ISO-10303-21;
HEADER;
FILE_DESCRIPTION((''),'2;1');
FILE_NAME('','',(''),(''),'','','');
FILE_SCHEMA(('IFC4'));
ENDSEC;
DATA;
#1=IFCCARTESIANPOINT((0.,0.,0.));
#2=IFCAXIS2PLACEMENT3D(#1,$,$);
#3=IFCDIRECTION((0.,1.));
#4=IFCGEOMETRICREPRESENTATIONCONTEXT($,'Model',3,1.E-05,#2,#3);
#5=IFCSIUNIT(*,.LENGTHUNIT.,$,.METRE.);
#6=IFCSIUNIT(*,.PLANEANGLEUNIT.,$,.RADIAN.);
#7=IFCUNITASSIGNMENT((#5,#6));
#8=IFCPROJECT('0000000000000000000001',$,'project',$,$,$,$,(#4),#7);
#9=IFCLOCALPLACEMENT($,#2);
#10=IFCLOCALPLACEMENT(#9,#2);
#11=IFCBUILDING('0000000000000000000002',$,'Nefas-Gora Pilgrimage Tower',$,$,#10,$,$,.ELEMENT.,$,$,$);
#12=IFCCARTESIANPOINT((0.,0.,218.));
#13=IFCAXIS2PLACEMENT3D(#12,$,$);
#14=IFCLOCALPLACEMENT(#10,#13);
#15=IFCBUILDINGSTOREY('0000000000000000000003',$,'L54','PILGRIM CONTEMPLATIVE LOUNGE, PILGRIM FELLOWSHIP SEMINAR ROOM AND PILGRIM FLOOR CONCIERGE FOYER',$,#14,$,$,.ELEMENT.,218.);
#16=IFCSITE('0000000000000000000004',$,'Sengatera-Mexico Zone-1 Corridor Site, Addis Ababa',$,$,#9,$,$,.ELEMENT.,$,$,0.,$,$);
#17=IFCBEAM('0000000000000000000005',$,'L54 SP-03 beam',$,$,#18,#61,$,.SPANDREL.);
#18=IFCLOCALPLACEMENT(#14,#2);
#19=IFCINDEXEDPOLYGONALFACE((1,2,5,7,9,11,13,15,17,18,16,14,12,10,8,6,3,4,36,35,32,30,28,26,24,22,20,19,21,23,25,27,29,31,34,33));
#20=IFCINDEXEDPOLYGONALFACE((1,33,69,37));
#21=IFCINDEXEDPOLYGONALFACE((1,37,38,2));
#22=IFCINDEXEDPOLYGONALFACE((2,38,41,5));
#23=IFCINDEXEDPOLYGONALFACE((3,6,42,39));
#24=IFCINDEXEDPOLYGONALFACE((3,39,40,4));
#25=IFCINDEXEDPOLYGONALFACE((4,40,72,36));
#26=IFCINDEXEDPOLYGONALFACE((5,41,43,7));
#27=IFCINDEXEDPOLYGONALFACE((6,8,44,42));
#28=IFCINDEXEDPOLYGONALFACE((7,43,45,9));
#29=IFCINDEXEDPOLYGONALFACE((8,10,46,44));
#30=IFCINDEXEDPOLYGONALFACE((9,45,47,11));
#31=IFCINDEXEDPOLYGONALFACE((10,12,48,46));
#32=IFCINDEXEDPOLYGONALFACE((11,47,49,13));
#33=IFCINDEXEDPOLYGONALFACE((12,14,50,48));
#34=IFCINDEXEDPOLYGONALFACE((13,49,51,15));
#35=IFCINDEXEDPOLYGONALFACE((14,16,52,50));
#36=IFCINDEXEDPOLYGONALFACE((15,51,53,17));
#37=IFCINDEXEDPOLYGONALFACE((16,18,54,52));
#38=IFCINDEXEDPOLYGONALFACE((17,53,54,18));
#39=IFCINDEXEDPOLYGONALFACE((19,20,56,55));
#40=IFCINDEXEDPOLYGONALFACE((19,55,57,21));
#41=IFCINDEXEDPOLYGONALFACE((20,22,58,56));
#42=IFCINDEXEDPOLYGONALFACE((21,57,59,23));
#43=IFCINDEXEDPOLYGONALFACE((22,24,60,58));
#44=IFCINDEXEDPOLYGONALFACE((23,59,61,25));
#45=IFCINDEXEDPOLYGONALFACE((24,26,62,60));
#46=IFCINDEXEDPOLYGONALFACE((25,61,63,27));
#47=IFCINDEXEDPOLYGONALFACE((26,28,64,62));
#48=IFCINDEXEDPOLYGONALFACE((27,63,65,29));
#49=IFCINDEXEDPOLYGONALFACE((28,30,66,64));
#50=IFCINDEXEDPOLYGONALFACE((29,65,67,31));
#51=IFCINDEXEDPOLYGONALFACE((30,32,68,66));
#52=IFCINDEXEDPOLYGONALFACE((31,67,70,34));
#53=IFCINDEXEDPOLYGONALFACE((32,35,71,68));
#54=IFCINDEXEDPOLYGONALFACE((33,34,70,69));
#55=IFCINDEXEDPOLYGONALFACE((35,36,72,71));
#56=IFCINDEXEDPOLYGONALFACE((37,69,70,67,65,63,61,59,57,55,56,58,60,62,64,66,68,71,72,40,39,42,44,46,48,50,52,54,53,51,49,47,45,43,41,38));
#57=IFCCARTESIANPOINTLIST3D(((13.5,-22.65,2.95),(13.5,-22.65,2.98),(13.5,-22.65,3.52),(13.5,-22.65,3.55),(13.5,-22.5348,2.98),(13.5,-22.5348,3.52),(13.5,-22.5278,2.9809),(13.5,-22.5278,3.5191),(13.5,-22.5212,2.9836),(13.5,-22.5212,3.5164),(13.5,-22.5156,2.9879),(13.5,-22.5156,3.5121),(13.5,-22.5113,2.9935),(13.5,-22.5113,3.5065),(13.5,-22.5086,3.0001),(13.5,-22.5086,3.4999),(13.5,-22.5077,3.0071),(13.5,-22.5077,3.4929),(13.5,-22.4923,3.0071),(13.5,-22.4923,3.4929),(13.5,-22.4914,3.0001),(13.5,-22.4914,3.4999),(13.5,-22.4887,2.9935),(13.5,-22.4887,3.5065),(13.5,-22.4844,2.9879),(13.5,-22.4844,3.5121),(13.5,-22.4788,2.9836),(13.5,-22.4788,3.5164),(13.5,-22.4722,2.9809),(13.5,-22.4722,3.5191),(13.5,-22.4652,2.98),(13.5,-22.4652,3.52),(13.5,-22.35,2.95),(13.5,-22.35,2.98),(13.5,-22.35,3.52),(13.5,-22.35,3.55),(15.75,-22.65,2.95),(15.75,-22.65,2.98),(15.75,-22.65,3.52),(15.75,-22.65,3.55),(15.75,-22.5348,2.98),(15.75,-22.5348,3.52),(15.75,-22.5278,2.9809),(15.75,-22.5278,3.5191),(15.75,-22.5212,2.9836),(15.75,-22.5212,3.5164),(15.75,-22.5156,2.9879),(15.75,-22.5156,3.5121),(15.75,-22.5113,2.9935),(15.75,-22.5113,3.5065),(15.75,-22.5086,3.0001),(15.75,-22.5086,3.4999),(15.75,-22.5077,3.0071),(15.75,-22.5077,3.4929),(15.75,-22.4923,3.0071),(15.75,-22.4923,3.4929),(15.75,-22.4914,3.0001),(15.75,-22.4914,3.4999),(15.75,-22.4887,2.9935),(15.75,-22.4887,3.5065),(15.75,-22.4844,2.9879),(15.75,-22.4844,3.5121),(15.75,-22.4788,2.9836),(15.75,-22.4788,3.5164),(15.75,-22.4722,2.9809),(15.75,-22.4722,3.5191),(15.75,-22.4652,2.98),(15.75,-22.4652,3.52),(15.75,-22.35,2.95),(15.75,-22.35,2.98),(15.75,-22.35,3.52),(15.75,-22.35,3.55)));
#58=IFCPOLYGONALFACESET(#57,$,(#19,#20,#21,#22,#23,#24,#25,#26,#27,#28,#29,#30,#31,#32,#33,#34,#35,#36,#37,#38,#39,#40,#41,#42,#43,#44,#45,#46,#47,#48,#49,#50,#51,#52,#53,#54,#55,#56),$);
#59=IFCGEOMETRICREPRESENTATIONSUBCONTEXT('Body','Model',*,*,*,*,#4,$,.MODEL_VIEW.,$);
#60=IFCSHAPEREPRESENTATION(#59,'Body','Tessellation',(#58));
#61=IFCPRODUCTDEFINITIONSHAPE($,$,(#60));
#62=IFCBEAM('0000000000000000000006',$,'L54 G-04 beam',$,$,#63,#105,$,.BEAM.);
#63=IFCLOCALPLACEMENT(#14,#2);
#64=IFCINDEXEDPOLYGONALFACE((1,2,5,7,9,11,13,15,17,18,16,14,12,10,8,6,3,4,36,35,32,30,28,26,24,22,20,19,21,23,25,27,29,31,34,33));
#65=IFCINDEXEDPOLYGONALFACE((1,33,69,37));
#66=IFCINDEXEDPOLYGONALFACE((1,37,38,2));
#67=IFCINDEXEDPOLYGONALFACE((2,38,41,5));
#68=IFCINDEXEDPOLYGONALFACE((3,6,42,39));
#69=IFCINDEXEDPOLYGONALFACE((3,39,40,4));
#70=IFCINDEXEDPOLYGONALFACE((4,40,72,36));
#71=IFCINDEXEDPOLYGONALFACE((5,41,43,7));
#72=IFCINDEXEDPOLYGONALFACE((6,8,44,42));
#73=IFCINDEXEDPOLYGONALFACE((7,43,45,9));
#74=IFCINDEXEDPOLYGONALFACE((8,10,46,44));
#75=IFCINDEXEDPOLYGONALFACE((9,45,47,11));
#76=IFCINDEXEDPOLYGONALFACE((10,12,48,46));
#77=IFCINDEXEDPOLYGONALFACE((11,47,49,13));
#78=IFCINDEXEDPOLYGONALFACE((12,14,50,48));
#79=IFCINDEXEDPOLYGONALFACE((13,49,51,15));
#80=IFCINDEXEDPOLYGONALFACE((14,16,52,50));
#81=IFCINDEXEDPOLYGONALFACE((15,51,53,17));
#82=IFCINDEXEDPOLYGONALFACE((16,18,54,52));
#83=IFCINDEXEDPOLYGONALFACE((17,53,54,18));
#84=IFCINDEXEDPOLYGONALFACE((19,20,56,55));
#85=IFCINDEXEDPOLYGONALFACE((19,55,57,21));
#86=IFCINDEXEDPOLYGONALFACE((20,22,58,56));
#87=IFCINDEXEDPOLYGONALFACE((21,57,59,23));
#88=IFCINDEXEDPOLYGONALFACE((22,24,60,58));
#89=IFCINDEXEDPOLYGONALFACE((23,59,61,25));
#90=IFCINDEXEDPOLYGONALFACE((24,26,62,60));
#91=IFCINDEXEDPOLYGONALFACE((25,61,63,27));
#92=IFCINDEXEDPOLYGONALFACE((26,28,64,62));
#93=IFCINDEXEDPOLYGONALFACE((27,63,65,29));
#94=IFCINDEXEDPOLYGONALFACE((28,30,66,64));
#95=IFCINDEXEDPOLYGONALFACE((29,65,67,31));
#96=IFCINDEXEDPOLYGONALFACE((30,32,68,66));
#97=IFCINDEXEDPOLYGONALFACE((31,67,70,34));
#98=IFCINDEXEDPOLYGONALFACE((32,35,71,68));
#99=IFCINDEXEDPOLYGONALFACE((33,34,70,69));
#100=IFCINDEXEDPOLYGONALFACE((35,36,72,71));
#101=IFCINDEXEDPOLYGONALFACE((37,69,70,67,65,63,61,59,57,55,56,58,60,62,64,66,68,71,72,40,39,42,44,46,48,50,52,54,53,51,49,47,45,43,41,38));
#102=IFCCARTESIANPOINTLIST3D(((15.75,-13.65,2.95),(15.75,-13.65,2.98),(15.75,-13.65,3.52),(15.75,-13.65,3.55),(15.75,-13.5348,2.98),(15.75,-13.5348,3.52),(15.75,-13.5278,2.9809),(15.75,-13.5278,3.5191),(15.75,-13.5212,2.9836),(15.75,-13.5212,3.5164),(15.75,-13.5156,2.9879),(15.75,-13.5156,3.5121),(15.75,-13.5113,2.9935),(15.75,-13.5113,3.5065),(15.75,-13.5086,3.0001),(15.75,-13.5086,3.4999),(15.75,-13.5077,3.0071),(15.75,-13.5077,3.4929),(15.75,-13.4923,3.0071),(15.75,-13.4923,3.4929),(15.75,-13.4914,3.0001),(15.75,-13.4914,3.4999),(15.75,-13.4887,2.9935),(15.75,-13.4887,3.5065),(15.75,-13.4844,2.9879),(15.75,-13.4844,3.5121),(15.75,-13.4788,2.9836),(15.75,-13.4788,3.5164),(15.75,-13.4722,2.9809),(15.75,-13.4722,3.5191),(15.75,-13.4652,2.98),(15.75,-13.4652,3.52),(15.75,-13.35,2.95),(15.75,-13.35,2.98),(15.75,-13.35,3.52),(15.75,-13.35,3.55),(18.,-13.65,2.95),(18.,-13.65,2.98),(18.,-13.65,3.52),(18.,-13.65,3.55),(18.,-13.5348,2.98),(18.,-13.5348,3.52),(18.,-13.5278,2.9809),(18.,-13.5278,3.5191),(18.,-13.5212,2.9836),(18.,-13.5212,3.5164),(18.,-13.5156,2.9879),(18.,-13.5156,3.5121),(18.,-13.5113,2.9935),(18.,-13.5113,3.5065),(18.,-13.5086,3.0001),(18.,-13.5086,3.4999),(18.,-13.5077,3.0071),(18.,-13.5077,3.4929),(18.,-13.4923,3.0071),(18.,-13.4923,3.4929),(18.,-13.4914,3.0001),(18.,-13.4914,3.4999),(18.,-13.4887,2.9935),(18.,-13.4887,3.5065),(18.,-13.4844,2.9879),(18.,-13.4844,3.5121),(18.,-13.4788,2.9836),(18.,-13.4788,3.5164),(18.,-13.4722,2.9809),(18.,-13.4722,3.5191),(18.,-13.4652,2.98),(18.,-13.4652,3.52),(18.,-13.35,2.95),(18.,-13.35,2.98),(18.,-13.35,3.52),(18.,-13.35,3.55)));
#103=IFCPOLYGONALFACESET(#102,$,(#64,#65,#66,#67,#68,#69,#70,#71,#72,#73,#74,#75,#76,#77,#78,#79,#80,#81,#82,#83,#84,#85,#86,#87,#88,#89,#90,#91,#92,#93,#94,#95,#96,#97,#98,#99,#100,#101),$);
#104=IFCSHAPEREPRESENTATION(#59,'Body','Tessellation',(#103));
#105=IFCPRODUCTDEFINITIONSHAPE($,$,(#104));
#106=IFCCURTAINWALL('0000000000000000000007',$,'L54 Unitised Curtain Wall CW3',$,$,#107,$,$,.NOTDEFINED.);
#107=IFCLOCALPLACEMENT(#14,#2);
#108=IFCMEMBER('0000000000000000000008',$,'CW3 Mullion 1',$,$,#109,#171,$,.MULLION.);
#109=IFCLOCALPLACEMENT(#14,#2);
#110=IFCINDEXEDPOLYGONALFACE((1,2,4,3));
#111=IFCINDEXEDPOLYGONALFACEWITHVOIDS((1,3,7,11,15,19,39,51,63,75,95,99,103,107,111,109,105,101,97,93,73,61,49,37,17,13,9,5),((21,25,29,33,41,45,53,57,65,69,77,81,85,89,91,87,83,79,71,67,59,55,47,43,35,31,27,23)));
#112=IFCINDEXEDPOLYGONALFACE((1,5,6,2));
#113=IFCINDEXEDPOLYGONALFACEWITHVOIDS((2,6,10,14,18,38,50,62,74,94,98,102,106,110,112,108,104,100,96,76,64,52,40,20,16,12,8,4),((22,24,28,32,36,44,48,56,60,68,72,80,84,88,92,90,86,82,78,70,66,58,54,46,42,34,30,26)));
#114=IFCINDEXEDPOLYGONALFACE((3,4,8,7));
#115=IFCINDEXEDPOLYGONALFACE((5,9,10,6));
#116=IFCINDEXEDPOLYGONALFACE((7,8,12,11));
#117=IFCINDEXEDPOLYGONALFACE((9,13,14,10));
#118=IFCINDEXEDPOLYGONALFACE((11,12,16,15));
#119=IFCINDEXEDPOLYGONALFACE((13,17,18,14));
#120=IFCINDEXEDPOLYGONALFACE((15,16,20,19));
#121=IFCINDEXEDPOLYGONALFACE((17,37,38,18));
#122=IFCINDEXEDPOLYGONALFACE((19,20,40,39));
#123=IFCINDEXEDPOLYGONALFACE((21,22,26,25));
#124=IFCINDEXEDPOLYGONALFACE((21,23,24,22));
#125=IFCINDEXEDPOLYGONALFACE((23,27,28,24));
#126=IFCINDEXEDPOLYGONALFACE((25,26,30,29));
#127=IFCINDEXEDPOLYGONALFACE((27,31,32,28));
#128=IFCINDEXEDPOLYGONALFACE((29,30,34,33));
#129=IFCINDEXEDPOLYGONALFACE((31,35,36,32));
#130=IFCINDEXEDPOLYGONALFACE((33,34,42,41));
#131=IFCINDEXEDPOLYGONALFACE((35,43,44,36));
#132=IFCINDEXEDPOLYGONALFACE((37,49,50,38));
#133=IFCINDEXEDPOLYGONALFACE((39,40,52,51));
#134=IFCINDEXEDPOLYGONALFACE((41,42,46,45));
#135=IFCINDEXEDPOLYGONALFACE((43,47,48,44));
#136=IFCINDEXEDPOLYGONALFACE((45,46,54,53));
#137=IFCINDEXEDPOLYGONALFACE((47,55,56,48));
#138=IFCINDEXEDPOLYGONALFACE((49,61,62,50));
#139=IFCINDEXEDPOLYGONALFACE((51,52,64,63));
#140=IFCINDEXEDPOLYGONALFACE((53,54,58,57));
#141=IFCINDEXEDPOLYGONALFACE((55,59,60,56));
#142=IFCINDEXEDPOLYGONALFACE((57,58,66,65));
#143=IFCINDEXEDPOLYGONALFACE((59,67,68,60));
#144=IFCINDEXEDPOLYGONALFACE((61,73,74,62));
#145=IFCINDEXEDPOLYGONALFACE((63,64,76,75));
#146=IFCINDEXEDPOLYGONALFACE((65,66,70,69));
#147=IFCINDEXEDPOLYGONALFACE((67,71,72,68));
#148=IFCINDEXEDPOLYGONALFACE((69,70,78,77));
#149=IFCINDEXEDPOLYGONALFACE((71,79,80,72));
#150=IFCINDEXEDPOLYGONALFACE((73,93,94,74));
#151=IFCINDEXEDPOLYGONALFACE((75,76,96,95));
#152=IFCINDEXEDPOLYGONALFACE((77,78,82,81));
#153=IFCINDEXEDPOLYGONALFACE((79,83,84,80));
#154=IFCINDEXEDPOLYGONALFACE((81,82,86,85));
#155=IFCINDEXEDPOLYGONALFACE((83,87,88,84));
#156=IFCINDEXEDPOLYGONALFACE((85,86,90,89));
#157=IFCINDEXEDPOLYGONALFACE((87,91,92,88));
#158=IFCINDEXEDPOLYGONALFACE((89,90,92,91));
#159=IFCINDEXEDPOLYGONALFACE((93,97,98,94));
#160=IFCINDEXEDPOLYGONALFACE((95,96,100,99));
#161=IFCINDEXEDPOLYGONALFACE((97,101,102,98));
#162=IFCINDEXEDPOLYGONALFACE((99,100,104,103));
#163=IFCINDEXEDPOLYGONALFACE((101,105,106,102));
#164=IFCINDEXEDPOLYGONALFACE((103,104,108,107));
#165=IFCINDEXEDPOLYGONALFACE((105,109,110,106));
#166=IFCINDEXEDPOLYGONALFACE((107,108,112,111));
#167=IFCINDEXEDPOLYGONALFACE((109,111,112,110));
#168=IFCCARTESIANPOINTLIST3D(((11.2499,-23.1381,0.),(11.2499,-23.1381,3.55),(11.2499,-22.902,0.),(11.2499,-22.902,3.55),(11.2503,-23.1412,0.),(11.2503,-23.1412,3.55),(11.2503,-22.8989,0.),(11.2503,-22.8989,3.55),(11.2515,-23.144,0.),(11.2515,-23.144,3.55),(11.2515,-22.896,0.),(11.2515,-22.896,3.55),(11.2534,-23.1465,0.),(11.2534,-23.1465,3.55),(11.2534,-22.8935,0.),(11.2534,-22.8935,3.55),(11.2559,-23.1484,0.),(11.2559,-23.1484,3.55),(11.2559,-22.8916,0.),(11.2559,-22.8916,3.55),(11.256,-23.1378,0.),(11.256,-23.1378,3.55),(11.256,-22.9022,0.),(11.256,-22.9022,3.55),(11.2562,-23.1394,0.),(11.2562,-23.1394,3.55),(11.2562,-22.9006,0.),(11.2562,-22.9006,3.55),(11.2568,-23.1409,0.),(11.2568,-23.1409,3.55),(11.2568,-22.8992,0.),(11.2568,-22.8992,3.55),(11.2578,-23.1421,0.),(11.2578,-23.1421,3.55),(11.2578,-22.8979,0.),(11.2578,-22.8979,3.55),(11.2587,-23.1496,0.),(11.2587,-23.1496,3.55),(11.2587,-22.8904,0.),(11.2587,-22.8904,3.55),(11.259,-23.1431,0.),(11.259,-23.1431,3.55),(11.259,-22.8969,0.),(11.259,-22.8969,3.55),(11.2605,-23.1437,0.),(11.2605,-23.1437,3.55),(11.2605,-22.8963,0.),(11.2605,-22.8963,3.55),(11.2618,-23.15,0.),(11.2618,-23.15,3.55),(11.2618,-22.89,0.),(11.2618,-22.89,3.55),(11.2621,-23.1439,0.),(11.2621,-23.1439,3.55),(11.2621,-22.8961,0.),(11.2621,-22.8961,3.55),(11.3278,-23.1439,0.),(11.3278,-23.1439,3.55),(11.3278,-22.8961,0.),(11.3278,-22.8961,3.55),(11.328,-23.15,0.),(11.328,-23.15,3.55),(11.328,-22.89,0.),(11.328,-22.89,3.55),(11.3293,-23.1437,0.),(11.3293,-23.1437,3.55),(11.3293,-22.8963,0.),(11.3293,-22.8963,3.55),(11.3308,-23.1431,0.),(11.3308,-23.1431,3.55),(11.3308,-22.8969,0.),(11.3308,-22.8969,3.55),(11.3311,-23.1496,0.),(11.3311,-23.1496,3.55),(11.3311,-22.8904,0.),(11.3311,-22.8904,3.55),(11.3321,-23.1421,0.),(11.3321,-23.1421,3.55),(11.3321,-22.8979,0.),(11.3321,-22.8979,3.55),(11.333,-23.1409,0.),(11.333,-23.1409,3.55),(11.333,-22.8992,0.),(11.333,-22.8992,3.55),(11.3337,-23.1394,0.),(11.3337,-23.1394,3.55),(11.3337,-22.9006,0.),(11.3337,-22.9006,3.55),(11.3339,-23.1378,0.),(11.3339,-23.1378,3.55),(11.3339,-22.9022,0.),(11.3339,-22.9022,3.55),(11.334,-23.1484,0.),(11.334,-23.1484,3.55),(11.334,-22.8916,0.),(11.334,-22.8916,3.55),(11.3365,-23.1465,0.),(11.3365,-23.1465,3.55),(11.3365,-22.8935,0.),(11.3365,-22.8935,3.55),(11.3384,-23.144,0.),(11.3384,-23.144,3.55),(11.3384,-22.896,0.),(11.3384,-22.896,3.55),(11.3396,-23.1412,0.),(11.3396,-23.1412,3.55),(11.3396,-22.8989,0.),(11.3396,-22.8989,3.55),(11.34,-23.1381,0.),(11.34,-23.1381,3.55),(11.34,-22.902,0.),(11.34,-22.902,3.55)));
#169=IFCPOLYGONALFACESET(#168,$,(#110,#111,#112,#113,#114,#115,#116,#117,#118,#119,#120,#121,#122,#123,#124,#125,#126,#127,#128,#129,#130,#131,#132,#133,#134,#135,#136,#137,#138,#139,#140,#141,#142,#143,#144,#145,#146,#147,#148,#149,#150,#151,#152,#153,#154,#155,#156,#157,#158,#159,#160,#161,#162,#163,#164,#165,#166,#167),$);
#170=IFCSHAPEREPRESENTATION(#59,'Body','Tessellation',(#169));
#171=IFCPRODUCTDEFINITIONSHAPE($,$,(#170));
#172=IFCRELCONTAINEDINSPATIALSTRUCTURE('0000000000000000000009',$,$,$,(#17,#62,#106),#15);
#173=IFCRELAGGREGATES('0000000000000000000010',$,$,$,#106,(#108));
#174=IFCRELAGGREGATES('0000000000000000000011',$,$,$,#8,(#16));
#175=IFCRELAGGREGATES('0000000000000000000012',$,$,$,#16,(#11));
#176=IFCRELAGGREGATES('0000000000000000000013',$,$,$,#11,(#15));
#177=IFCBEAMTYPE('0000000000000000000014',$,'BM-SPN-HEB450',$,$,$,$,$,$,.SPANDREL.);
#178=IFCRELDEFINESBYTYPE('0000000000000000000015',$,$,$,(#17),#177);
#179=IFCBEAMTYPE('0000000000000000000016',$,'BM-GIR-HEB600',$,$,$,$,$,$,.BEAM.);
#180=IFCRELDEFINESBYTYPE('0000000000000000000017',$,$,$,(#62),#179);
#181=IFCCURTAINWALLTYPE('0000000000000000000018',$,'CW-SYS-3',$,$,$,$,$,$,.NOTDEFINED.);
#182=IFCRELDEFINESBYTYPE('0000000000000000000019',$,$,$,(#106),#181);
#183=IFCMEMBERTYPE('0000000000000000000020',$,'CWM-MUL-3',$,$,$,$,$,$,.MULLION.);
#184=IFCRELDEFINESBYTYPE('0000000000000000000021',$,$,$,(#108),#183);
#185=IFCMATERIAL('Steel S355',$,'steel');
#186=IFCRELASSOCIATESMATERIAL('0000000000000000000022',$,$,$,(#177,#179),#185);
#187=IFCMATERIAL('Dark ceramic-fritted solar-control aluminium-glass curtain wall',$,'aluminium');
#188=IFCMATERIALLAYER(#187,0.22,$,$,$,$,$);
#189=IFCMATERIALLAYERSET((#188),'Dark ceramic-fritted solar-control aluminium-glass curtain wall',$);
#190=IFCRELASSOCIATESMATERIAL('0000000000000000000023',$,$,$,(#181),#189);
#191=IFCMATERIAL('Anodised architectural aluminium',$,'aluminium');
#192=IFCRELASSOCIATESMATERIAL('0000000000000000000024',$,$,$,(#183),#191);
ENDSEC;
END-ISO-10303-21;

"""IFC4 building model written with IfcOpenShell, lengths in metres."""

from ifc_helpers import new_model, si_unit, direction, frame, origin, origin_2d, place, context, subcontext, project, spatial, hollow_rectangle, i_section, extrude, source, transform, mapped, material, layer, layer_set, material_profile, profile_set, type_object, element, aggregate, save


model = new_model("IFC4")

# Units and contexts
model_context = context("Model", 3, precision=1e-05, world=origin(), true_north=direction((0.0, 1.0)))
body_context = subcontext(model_context, "Body", "Model", "MODEL_VIEW")
ifc_project = project(units=[si_unit("LENGTHUNIT", "METRE"), si_unit("PLANEANGLEUNIT", "RADIAN")], contexts=[model_context])

# Site, building, storey
site_placement = place(None, origin())
site = spatial("IfcSite", under=ifc_project, at=site_placement, Name="Sengatera-Mexico Zone-1 Corridor Site, Addis Ababa", CompositionType="ELEMENT", RefElevation=0.0)
building_placement = place(site_placement, origin())
building = spatial("IfcBuilding", under=site, at=building_placement, Name="Nefas-Gora Pilgrimage Tower", CompositionType="ELEMENT")
storey_placement = place(building_placement, frame((0.0, 0.0, 218.0)))
storey = spatial("IfcBuildingStorey", under=building, at=storey_placement, Name="L54", Description="PILGRIM CONTEMPLATIVE LOUNGE, PILGRIM FELLOWSHIP SEMINAR ROOM AND PILGRIM FLOOR CONCIERGE FOYER", CompositionType="ELEMENT", Elevation=218.0)

# Beams
ifc_material_1 = material(Name="Steel S355", Category="steel")
ifc_material_profile_1 = material_profile(ifc_material_1, i_section(OverallWidth=0.3, OverallDepth=0.6001, WebThickness=0.0154, FlangeThickness=0.03, FilletRadius=0.0271, at=origin_2d()), Name="HEB 600")
ifc_profile_set_1 = profile_set([ifc_material_profile_1], Name="Steel S355")
beam_type_1 = type_object("IfcBeamType", Name="BM-SPN-HEB450", PredefinedType="SPANDREL", material=ifc_profile_set_1)
ifc_material_profile_2 = material_profile(ifc_material_1, i_section(OverallWidth=0.3, OverallDepth=0.6001, WebThickness=0.0154, FlangeThickness=0.03, FilletRadius=0.0271, at=origin_2d()), Name="HEB 600")
ifc_profile_set_2 = profile_set([ifc_material_profile_2], Name="Steel S355")
beam_type_2 = type_object("IfcBeamType", Name="BM-GIR-HEB600", PredefinedType="BEAM", material=ifc_profile_set_2)
shared_shape_1 = source(origin(), body_context, "Body", "SweptSolid", [
    extrude(i_section(OverallWidth=0.3, OverallDepth=0.6001, WebThickness=0.0154, FlangeThickness=0.03, FilletRadius=0.0271, at=origin_2d()), origin(), (0.0, 0.0, 1.0), 2.25),
])
beam_1_placement = place(storey_placement, frame((13.5, -22.5, 3.25), z_axis=(1.0, 0.0, 0.0), x_axis=(0.0, 1.0, 0.0)))
element("IfcBeam", 1, at=beam_1_placement, inside=storey, type_object=beam_type_1, Name="L54 SP-03 beam", PredefinedType="SPANDREL", context=body_context, shape_type="MappedRepresentation", body=[
    mapped(shared_shape_1, transform((0.0, 0.0, 0.0), x_axis=(1.0, 0.0, 0.0), y_axis=(0.0, 1.0, 0.0), z_axis=(0.0, 0.0, 1.0), scale=1.0)),
])
shared_shape_2 = source(origin(), body_context, "Body", "SweptSolid", [
    extrude(i_section(OverallWidth=0.3, OverallDepth=0.6001, WebThickness=0.0154, FlangeThickness=0.03, FilletRadius=0.0271, at=origin_2d()), origin(), (0.0, 0.0, 1.0), 2.25),
])
beam_2_placement = place(storey_placement, frame((15.75, -13.5, 3.25), z_axis=(1.0, 0.0, 0.0), x_axis=(0.0, 1.0, 0.0)))
element("IfcBeam", 2, at=beam_2_placement, inside=storey, type_object=beam_type_2, Name="L54 G-04 beam", PredefinedType="BEAM", context=body_context, shape_type="MappedRepresentation", body=[
    mapped(shared_shape_2, transform((0.0, 0.0, 0.0), x_axis=(1.0, 0.0, 0.0), y_axis=(0.0, 1.0, 0.0), z_axis=(0.0, 0.0, 1.0), scale=1.0)),
])

# Curtain wall, member
ifc_material_2 = material(Name="Dark ceramic-fritted solar-control aluminium-glass curtain wall", Category="aluminium")
ifc_layer_1 = layer(ifc_material_2, 0.22)
ifc_layer_set_1 = layer_set([ifc_layer_1], Name="Dark ceramic-fritted solar-control aluminium-glass curtain wall")
curtain_wall_type = type_object("IfcCurtainWallType", Name="CW-SYS-3", PredefinedType="NOTDEFINED", material=ifc_layer_set_1)
curtain_wall_1_placement = place(storey_placement, origin())
curtain_wall_1 = element("IfcCurtainWall", 3, at=curtain_wall_1_placement, inside=storey, type_object=curtain_wall_type, Name="L54 Unitised Curtain Wall CW3", PredefinedType="NOTDEFINED")
ifc_material_3 = material(Name="Anodised architectural aluminium", Category="aluminium")
ifc_material_profile_3 = material_profile(ifc_material_3, hollow_rectangle(XDim=0.0901, YDim=0.26, WallThickness=0.0061, InnerFilletRadius=0.0061, OuterFilletRadius=0.012, at=origin_2d()), Name="ALU MULLION 90x260")
ifc_profile_set_3 = profile_set([ifc_material_profile_3], Name="Anodised architectural aluminium")
member_type_1 = type_object("IfcMemberType", Name="CWM-MUL-3", PredefinedType="MULLION", material=ifc_profile_set_3)
shared_shape_3 = source(origin(), body_context, "Body", "SweptSolid", [
    extrude(hollow_rectangle(XDim=0.0901, YDim=0.26, WallThickness=0.0061, InnerFilletRadius=0.0061, OuterFilletRadius=0.012, at=origin_2d()), origin(), (0.0, 0.0, 1.0), 3.55),
])
member_1_placement = place(storey_placement, frame((11.2949, -23.02, 0.0), z_axis=(0.0, 0.0, 1.0), x_axis=(1.0, 0.0, 0.0)))
member_1 = element("IfcMember", 4, at=member_1_placement, type_object=member_type_1, Name="CW3 Mullion 1", PredefinedType="MULLION", context=body_context, shape_type="MappedRepresentation", body=[
    mapped(shared_shape_3, transform((0.0, 0.0, 0.0), x_axis=(1.0, 0.0, 0.0), y_axis=(0.0, 1.0, 0.0), z_axis=(0.0, 0.0, 1.0), scale=1.0)),
])

aggregate(curtain_wall_1, [member_1])

save(model, "model.ifc")
